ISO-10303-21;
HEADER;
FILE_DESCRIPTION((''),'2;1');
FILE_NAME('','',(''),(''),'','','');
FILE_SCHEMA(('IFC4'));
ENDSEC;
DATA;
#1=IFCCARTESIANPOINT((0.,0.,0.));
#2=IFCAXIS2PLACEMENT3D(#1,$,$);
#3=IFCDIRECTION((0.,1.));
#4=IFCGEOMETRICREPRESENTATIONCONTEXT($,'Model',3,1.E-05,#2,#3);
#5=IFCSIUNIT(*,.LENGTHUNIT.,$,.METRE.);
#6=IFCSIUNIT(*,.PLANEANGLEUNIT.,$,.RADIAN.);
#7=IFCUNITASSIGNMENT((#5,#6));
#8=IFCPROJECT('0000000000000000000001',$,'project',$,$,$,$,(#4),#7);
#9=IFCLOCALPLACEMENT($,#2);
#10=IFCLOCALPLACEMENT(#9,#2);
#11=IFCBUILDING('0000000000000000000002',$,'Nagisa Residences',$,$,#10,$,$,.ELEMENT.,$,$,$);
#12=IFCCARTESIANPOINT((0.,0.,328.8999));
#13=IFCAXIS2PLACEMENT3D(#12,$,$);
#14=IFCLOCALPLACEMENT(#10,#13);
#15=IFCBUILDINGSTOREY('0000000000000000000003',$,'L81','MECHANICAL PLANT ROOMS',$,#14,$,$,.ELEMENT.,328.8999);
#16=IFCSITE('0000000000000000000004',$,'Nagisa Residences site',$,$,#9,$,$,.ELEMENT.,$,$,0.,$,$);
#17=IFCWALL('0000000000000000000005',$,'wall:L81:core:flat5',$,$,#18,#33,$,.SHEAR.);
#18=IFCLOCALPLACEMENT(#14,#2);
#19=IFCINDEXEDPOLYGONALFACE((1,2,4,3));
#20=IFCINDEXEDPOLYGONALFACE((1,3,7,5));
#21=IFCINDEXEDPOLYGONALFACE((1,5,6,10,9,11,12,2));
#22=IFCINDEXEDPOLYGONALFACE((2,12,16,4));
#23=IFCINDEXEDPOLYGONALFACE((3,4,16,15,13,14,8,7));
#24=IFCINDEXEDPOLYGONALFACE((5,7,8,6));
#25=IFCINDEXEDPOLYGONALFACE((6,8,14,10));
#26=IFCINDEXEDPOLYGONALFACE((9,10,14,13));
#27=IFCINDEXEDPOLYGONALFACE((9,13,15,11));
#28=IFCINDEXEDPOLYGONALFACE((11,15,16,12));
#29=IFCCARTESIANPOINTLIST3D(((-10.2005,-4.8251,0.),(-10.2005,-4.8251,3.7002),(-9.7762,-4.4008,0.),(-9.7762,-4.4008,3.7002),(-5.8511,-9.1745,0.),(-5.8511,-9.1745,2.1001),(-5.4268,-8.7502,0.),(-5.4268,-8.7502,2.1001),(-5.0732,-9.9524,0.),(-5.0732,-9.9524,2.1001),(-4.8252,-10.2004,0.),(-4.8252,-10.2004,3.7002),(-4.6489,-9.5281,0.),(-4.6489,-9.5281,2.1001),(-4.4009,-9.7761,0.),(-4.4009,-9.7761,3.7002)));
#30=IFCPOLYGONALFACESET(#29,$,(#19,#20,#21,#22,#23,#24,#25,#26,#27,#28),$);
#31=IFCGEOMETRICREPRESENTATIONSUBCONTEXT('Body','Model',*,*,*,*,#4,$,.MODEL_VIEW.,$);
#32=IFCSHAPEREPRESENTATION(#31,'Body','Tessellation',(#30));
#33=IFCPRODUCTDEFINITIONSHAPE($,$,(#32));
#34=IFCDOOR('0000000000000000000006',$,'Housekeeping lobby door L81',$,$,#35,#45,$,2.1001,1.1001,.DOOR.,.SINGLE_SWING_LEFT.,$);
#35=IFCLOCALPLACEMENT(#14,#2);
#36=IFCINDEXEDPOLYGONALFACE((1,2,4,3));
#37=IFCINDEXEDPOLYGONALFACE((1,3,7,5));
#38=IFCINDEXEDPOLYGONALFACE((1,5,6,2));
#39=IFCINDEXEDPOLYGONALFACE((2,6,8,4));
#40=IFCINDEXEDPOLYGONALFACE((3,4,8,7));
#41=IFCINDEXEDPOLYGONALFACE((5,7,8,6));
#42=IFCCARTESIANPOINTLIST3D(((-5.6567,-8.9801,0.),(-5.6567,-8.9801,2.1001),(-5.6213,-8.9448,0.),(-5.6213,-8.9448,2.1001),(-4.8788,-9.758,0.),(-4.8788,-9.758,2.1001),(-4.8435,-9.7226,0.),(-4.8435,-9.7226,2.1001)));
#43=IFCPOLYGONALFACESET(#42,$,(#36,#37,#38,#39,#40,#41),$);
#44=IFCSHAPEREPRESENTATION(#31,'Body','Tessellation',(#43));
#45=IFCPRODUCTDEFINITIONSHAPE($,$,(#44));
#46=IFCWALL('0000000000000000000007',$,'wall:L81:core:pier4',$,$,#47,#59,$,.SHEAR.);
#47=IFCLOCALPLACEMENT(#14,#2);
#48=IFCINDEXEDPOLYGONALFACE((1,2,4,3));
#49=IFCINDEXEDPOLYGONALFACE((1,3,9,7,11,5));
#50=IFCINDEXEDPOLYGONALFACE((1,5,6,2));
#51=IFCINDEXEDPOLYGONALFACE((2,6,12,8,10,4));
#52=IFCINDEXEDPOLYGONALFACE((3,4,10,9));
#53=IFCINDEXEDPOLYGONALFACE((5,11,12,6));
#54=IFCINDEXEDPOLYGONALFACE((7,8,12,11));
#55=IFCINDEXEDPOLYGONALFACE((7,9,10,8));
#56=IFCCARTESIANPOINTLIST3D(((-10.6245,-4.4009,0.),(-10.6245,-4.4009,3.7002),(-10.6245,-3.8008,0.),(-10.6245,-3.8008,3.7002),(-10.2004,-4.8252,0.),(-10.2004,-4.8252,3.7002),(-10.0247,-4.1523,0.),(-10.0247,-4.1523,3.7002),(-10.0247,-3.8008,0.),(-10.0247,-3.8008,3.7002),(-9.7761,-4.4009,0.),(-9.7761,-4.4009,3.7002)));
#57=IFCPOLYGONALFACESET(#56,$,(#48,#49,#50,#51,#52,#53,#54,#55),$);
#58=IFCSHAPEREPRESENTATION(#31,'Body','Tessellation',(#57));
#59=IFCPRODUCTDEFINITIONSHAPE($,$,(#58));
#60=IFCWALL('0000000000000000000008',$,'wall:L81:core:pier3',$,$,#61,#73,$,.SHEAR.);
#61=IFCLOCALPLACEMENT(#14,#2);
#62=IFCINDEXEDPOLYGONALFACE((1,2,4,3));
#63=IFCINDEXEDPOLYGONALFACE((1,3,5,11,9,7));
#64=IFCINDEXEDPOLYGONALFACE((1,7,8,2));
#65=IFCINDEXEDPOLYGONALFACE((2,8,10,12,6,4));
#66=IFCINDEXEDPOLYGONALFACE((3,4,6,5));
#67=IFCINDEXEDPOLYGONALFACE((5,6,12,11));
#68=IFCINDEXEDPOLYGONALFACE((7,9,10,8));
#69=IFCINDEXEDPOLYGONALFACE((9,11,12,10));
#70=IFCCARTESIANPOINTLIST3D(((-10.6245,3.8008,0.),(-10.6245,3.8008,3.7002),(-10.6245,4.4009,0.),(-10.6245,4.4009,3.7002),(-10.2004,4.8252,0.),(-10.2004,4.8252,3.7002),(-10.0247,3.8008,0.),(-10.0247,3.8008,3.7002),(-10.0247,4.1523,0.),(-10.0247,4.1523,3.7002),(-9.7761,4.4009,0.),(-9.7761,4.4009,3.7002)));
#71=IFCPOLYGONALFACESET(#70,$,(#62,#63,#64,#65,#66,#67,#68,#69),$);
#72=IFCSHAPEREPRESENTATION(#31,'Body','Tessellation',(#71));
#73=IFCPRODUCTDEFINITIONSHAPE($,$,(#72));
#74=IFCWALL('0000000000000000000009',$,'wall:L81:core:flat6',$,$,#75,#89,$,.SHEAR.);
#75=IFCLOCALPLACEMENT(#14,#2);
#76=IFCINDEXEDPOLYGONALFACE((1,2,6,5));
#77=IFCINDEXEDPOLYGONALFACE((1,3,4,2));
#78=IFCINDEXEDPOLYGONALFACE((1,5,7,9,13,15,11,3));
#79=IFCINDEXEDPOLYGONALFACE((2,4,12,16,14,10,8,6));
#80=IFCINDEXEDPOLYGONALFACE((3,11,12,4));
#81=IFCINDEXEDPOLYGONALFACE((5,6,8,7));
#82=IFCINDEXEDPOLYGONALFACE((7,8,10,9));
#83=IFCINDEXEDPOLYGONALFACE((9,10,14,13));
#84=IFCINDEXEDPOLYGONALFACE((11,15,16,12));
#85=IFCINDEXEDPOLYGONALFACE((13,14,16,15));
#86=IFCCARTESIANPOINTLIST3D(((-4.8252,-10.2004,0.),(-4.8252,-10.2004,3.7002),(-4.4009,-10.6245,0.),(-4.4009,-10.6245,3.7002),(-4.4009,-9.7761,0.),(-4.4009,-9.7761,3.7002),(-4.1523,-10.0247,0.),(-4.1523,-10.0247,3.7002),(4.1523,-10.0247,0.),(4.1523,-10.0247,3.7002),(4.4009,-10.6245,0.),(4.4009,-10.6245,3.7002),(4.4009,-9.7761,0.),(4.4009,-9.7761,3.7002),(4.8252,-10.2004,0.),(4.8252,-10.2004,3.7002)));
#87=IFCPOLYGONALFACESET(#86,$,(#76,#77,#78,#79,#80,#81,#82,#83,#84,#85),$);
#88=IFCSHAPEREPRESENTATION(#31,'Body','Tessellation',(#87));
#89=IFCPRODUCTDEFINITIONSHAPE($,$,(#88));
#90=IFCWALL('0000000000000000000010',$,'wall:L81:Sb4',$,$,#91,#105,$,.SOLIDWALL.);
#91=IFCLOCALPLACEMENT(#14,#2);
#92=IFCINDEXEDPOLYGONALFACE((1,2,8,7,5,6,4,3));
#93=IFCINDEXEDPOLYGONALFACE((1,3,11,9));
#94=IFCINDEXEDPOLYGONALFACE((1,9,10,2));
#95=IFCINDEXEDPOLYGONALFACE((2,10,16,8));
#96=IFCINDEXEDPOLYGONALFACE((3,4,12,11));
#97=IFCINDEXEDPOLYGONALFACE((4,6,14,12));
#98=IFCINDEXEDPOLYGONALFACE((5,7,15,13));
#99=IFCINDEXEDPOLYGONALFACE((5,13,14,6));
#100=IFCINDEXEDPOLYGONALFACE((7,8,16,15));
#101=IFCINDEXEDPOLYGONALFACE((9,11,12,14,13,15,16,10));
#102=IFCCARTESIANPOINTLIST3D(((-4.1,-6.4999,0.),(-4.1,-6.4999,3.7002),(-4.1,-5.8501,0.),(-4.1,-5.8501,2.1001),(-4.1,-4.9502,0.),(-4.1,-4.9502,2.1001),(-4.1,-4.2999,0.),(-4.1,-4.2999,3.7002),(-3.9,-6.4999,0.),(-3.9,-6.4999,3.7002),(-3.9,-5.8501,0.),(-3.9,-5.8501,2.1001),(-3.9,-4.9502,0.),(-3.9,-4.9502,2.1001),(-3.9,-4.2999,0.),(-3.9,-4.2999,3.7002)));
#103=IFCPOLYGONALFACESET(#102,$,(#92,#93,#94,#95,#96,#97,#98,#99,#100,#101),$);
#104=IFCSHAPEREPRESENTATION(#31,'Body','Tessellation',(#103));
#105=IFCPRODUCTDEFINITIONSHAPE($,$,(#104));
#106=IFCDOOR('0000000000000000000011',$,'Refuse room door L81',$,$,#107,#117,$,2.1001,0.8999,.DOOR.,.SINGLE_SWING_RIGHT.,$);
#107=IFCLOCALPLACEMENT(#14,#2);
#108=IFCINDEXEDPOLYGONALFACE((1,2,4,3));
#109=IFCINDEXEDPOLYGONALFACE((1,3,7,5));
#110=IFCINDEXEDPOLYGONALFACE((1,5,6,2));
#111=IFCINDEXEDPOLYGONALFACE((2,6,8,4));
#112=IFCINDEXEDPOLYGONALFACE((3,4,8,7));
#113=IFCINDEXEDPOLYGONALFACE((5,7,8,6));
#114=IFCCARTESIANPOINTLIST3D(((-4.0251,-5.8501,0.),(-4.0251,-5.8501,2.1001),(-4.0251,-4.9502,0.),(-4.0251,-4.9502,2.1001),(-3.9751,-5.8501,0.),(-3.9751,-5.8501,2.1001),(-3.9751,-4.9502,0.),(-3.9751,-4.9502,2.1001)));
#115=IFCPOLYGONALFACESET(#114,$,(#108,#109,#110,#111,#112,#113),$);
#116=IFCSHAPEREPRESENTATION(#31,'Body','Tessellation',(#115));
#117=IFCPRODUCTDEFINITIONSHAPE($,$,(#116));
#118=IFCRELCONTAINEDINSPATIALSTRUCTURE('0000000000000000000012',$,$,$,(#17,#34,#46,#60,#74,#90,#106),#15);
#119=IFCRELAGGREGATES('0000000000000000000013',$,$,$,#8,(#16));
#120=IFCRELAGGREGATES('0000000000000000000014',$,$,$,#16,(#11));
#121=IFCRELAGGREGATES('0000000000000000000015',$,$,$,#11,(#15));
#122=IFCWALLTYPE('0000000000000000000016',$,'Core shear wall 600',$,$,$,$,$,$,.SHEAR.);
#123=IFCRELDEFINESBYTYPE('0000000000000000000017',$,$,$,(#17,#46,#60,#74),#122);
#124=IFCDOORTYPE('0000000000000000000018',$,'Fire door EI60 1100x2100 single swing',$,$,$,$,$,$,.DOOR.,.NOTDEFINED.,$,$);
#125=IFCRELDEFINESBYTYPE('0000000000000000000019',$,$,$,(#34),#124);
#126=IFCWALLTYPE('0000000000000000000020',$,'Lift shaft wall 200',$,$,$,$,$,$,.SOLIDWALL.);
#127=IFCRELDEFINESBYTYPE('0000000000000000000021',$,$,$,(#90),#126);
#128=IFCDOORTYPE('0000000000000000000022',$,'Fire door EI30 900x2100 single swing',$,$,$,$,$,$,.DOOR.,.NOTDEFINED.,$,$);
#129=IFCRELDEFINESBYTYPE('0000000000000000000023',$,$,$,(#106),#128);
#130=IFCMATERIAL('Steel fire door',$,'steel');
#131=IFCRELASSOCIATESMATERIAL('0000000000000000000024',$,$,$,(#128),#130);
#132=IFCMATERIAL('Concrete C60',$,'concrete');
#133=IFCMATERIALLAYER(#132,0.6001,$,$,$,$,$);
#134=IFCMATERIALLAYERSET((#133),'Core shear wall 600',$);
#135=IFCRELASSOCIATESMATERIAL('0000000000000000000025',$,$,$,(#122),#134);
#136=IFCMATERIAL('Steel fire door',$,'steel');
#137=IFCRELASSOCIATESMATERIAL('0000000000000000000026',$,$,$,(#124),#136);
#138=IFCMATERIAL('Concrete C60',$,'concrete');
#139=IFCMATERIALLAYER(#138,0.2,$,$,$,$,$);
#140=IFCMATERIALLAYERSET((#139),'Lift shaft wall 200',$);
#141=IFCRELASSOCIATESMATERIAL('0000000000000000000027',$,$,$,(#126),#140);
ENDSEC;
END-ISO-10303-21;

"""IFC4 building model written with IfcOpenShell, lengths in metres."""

from ifc_helpers import new_model, si_unit, direction, frame, frame_2d, origin, place, context, subcontext, project, spatial, polyline, rectangle, outline, extrude, material, layer, layer_set, type_object, element, fill, save


model = new_model("IFC4")

# Units and contexts
model_context = context("Model", 3, precision=1e-05, world=origin(), true_north=direction((0.0, 1.0)))
body_context = subcontext(model_context, "Body", "Model", "MODEL_VIEW")
ifc_project = project(units=[si_unit("LENGTHUNIT", "METRE"), si_unit("PLANEANGLEUNIT", "RADIAN")], contexts=[model_context])

# Site, building, storey
site_placement = place(None, origin())
site = spatial("IfcSite", under=ifc_project, at=site_placement, Name="Nagisa Residences site", CompositionType="ELEMENT", RefElevation=0.0)
building_placement = place(site_placement, origin())
building = spatial("IfcBuilding", under=site, at=building_placement, Name="Nagisa Residences", CompositionType="ELEMENT")
storey_placement = place(building_placement, frame((0.0, 0.0, 328.8999)))
storey = spatial("IfcBuildingStorey", under=building, at=storey_placement, Name="L81", Description="MECHANICAL PLANT ROOMS", CompositionType="ELEMENT", Elevation=328.8999)

# Shared definitions
ifc_material_1 = material(Name="Steel fire door", Category="steel")
door_type_1 = type_object("IfcDoorType", Name="Fire door EI30 900x2100 single swing", OperationType="NOTDEFINED", PredefinedType="DOOR", material=ifc_material_1)

# Wall, opening, door
ifc_material_2 = material(Name="Concrete C60", Category="concrete")
ifc_layer_1 = layer(ifc_material_2, 0.6001)
ifc_layer_set_1 = layer_set([ifc_layer_1], Name="Core shear wall 600")
wall_type_1 = type_object("IfcWallType", Name="Core shear wall 600", PredefinedType="SHEAR", material=ifc_layer_set_1)
wall_1_placement = place(storey_placement, frame((-9.9883, -4.613, 0.0), z_axis=(0.0, 0.0, 1.0), x_axis=(0.707107, -0.707107, 0.0)))
wall_1 = element("IfcWall", 1, at=wall_1_placement, inside=storey, type_object=wall_type_1, Name="wall:L81:core:flat5", PredefinedType="SHEAR", context=body_context, shape_type="SweptSolid", body=[
    extrude(rectangle(XDim=7.6018, YDim=0.6001, at=frame_2d((3.8008, 0.0))), origin(), (0.0, 0.0, 1.0), 3.7002),
])
opening_1_placement = place(wall_1_placement, frame((6.1509, 0.0, 0.0)))
opening_1 = element("IfcOpeningElement", 2, at=opening_1_placement, cuts=wall_1, PredefinedType="OPENING", context=body_context, shape_type="SweptSolid", body=[
    extrude(rectangle(XDim=1.1001, YDim=2.1001, at=frame_2d((0.55, 1.05))), frame((0.0, 0.3101, 0.0), z_axis=(0.0, -1.0, 0.0), x_axis=(1.0, 0.0, 0.0)), (0.0, 0.0, 1.0), 0.6201),
])
ifc_material_3 = material(Name="Steel fire door", Category="steel")
door_type_2 = type_object("IfcDoorType", Name="Fire door EI60 1100x2100 single swing", OperationType="NOTDEFINED", PredefinedType="DOOR", material=ifc_material_3)
door_1_placement = place(opening_1_placement, origin())
door_1 = element("IfcDoor", 3, at=door_1_placement, inside=storey, type_object=door_type_2, Name="Housekeeping lobby door L81", OperationType="SINGLE_SWING_LEFT", OverallHeight=2.1001, OverallWidth=1.1001, PredefinedType="DOOR", context=body_context, shape_type="SweptSolid", body=[
    extrude(rectangle(XDim=1.1001, YDim=2.1001, at=frame_2d((0.55, 1.05))), frame((0.0, 0.0249, 0.0), z_axis=(0.0, -1.0, 0.0), x_axis=(1.0, 0.0, 0.0)), (0.0, 0.0, 1.0), 0.05),
])
fill(opening_1, door_1)

# Walls
wall_2_placement = place(storey_placement, origin())
element("IfcWall", 4, at=wall_2_placement, inside=storey, type_object=wall_type_1, Name="wall:L81:core:pier4", PredefinedType="SHEAR", context=body_context, shape_type="SweptSolid", body=[
    extrude(outline(polyline([(-10.6245, -3.8008), (-10.0247, -3.8008), (-10.0247, -4.1523), (-9.7761, -4.4009), (-10.2004, -4.8252), (-10.6245, -4.4009), (-10.6245, -3.8008)])), origin(), (0.0, 0.0, 1.0), 3.7002),
])
wall_3_placement = place(storey_placement, origin())
element("IfcWall", 5, at=wall_3_placement, inside=storey, type_object=wall_type_1, Name="wall:L81:core:pier3", PredefinedType="SHEAR", context=body_context, shape_type="SweptSolid", body=[
    extrude(outline(polyline([(-10.2004, 4.8252), (-9.7761, 4.4009), (-10.0247, 4.1523), (-10.0247, 3.8008), (-10.6245, 3.8008), (-10.6245, 4.4009), (-10.2004, 4.8252)])), origin(), (0.0, 0.0, 1.0), 3.7002),
])
wall_4_placement = place(storey_placement, origin())
element("IfcWall", 6, at=wall_4_placement, inside=storey, type_object=wall_type_1, Name="wall:L81:core:flat6", PredefinedType="SHEAR", context=body_context, shape_type="SweptSolid", body=[
    extrude(outline(polyline([(-4.1523, -10.0247), (4.1523, -10.0247), (4.4009, -9.7761), (4.8252, -10.2004), (4.4009, -10.6245), (-4.4009, -10.6245), (-4.8252, -10.2004), (-4.4009, -9.7761), (-4.1523, -10.0247)])), origin(), (0.0, 0.0, 1.0), 3.7002),
])

# Wall, opening, door
ifc_material_4 = material(Name="Concrete C60", Category="concrete")
ifc_layer_2 = layer(ifc_material_4, 0.2)
ifc_layer_set_2 = layer_set([ifc_layer_2], Name="Lift shaft wall 200")
wall_type_2 = type_object("IfcWallType", Name="Lift shaft wall 200", PredefinedType="SOLIDWALL", material=ifc_layer_set_2)
wall_5_placement = place(storey_placement, frame((-4.0, -6.5, 0.0), z_axis=(0.0, 0.0, 1.0), x_axis=(0.0, 1.0, 0.0)))
wall_5 = element("IfcWall", 7, at=wall_5_placement, inside=storey, type_object=wall_type_2, Name="wall:L81:Sb4", PredefinedType="SOLIDWALL", context=body_context, shape_type="SweptSolid", body=[
    extrude(rectangle(XDim=2.2, YDim=0.2, at=frame_2d((1.1001, 0.0))), origin(), (0.0, 0.0, 1.0), 3.7002),
])
opening_2_placement = place(wall_5_placement, frame((0.6499, 0.0, 0.0)))
opening_2 = element("IfcOpeningElement", 8, at=opening_2_placement, cuts=wall_5, PredefinedType="OPENING", context=body_context, shape_type="SweptSolid", body=[
    extrude(rectangle(XDim=0.8999, YDim=2.1001, at=frame_2d((0.45, 1.05))), frame((0.0, 0.1099, 0.0), z_axis=(0.0, -1.0, 0.0), x_axis=(1.0, 0.0, 0.0)), (0.0, 0.0, 1.0), 0.22),
])
door_2_placement = place(opening_2_placement, frame((0.8999, 0.0, 0.0), x_axis=(-1.0, 0.0, 0.0)))
door_2 = element("IfcDoor", 9, at=door_2_placement, inside=storey, type_object=door_type_1, Name="Refuse room door L81", OperationType="SINGLE_SWING_RIGHT", OverallHeight=2.1001, OverallWidth=0.8999, PredefinedType="DOOR", context=body_context, shape_type="SweptSolid", body=[
    extrude(rectangle(XDim=0.8999, YDim=2.1001, at=frame_2d((0.45, 1.05))), frame((0.0, 0.0249, 0.0), z_axis=(0.0, -1.0, 0.0), x_axis=(1.0, 0.0, 0.0)), (0.0, 0.0, 1.0), 0.05),
])
fill(opening_2, door_2)

save(model, "model.ifc")
